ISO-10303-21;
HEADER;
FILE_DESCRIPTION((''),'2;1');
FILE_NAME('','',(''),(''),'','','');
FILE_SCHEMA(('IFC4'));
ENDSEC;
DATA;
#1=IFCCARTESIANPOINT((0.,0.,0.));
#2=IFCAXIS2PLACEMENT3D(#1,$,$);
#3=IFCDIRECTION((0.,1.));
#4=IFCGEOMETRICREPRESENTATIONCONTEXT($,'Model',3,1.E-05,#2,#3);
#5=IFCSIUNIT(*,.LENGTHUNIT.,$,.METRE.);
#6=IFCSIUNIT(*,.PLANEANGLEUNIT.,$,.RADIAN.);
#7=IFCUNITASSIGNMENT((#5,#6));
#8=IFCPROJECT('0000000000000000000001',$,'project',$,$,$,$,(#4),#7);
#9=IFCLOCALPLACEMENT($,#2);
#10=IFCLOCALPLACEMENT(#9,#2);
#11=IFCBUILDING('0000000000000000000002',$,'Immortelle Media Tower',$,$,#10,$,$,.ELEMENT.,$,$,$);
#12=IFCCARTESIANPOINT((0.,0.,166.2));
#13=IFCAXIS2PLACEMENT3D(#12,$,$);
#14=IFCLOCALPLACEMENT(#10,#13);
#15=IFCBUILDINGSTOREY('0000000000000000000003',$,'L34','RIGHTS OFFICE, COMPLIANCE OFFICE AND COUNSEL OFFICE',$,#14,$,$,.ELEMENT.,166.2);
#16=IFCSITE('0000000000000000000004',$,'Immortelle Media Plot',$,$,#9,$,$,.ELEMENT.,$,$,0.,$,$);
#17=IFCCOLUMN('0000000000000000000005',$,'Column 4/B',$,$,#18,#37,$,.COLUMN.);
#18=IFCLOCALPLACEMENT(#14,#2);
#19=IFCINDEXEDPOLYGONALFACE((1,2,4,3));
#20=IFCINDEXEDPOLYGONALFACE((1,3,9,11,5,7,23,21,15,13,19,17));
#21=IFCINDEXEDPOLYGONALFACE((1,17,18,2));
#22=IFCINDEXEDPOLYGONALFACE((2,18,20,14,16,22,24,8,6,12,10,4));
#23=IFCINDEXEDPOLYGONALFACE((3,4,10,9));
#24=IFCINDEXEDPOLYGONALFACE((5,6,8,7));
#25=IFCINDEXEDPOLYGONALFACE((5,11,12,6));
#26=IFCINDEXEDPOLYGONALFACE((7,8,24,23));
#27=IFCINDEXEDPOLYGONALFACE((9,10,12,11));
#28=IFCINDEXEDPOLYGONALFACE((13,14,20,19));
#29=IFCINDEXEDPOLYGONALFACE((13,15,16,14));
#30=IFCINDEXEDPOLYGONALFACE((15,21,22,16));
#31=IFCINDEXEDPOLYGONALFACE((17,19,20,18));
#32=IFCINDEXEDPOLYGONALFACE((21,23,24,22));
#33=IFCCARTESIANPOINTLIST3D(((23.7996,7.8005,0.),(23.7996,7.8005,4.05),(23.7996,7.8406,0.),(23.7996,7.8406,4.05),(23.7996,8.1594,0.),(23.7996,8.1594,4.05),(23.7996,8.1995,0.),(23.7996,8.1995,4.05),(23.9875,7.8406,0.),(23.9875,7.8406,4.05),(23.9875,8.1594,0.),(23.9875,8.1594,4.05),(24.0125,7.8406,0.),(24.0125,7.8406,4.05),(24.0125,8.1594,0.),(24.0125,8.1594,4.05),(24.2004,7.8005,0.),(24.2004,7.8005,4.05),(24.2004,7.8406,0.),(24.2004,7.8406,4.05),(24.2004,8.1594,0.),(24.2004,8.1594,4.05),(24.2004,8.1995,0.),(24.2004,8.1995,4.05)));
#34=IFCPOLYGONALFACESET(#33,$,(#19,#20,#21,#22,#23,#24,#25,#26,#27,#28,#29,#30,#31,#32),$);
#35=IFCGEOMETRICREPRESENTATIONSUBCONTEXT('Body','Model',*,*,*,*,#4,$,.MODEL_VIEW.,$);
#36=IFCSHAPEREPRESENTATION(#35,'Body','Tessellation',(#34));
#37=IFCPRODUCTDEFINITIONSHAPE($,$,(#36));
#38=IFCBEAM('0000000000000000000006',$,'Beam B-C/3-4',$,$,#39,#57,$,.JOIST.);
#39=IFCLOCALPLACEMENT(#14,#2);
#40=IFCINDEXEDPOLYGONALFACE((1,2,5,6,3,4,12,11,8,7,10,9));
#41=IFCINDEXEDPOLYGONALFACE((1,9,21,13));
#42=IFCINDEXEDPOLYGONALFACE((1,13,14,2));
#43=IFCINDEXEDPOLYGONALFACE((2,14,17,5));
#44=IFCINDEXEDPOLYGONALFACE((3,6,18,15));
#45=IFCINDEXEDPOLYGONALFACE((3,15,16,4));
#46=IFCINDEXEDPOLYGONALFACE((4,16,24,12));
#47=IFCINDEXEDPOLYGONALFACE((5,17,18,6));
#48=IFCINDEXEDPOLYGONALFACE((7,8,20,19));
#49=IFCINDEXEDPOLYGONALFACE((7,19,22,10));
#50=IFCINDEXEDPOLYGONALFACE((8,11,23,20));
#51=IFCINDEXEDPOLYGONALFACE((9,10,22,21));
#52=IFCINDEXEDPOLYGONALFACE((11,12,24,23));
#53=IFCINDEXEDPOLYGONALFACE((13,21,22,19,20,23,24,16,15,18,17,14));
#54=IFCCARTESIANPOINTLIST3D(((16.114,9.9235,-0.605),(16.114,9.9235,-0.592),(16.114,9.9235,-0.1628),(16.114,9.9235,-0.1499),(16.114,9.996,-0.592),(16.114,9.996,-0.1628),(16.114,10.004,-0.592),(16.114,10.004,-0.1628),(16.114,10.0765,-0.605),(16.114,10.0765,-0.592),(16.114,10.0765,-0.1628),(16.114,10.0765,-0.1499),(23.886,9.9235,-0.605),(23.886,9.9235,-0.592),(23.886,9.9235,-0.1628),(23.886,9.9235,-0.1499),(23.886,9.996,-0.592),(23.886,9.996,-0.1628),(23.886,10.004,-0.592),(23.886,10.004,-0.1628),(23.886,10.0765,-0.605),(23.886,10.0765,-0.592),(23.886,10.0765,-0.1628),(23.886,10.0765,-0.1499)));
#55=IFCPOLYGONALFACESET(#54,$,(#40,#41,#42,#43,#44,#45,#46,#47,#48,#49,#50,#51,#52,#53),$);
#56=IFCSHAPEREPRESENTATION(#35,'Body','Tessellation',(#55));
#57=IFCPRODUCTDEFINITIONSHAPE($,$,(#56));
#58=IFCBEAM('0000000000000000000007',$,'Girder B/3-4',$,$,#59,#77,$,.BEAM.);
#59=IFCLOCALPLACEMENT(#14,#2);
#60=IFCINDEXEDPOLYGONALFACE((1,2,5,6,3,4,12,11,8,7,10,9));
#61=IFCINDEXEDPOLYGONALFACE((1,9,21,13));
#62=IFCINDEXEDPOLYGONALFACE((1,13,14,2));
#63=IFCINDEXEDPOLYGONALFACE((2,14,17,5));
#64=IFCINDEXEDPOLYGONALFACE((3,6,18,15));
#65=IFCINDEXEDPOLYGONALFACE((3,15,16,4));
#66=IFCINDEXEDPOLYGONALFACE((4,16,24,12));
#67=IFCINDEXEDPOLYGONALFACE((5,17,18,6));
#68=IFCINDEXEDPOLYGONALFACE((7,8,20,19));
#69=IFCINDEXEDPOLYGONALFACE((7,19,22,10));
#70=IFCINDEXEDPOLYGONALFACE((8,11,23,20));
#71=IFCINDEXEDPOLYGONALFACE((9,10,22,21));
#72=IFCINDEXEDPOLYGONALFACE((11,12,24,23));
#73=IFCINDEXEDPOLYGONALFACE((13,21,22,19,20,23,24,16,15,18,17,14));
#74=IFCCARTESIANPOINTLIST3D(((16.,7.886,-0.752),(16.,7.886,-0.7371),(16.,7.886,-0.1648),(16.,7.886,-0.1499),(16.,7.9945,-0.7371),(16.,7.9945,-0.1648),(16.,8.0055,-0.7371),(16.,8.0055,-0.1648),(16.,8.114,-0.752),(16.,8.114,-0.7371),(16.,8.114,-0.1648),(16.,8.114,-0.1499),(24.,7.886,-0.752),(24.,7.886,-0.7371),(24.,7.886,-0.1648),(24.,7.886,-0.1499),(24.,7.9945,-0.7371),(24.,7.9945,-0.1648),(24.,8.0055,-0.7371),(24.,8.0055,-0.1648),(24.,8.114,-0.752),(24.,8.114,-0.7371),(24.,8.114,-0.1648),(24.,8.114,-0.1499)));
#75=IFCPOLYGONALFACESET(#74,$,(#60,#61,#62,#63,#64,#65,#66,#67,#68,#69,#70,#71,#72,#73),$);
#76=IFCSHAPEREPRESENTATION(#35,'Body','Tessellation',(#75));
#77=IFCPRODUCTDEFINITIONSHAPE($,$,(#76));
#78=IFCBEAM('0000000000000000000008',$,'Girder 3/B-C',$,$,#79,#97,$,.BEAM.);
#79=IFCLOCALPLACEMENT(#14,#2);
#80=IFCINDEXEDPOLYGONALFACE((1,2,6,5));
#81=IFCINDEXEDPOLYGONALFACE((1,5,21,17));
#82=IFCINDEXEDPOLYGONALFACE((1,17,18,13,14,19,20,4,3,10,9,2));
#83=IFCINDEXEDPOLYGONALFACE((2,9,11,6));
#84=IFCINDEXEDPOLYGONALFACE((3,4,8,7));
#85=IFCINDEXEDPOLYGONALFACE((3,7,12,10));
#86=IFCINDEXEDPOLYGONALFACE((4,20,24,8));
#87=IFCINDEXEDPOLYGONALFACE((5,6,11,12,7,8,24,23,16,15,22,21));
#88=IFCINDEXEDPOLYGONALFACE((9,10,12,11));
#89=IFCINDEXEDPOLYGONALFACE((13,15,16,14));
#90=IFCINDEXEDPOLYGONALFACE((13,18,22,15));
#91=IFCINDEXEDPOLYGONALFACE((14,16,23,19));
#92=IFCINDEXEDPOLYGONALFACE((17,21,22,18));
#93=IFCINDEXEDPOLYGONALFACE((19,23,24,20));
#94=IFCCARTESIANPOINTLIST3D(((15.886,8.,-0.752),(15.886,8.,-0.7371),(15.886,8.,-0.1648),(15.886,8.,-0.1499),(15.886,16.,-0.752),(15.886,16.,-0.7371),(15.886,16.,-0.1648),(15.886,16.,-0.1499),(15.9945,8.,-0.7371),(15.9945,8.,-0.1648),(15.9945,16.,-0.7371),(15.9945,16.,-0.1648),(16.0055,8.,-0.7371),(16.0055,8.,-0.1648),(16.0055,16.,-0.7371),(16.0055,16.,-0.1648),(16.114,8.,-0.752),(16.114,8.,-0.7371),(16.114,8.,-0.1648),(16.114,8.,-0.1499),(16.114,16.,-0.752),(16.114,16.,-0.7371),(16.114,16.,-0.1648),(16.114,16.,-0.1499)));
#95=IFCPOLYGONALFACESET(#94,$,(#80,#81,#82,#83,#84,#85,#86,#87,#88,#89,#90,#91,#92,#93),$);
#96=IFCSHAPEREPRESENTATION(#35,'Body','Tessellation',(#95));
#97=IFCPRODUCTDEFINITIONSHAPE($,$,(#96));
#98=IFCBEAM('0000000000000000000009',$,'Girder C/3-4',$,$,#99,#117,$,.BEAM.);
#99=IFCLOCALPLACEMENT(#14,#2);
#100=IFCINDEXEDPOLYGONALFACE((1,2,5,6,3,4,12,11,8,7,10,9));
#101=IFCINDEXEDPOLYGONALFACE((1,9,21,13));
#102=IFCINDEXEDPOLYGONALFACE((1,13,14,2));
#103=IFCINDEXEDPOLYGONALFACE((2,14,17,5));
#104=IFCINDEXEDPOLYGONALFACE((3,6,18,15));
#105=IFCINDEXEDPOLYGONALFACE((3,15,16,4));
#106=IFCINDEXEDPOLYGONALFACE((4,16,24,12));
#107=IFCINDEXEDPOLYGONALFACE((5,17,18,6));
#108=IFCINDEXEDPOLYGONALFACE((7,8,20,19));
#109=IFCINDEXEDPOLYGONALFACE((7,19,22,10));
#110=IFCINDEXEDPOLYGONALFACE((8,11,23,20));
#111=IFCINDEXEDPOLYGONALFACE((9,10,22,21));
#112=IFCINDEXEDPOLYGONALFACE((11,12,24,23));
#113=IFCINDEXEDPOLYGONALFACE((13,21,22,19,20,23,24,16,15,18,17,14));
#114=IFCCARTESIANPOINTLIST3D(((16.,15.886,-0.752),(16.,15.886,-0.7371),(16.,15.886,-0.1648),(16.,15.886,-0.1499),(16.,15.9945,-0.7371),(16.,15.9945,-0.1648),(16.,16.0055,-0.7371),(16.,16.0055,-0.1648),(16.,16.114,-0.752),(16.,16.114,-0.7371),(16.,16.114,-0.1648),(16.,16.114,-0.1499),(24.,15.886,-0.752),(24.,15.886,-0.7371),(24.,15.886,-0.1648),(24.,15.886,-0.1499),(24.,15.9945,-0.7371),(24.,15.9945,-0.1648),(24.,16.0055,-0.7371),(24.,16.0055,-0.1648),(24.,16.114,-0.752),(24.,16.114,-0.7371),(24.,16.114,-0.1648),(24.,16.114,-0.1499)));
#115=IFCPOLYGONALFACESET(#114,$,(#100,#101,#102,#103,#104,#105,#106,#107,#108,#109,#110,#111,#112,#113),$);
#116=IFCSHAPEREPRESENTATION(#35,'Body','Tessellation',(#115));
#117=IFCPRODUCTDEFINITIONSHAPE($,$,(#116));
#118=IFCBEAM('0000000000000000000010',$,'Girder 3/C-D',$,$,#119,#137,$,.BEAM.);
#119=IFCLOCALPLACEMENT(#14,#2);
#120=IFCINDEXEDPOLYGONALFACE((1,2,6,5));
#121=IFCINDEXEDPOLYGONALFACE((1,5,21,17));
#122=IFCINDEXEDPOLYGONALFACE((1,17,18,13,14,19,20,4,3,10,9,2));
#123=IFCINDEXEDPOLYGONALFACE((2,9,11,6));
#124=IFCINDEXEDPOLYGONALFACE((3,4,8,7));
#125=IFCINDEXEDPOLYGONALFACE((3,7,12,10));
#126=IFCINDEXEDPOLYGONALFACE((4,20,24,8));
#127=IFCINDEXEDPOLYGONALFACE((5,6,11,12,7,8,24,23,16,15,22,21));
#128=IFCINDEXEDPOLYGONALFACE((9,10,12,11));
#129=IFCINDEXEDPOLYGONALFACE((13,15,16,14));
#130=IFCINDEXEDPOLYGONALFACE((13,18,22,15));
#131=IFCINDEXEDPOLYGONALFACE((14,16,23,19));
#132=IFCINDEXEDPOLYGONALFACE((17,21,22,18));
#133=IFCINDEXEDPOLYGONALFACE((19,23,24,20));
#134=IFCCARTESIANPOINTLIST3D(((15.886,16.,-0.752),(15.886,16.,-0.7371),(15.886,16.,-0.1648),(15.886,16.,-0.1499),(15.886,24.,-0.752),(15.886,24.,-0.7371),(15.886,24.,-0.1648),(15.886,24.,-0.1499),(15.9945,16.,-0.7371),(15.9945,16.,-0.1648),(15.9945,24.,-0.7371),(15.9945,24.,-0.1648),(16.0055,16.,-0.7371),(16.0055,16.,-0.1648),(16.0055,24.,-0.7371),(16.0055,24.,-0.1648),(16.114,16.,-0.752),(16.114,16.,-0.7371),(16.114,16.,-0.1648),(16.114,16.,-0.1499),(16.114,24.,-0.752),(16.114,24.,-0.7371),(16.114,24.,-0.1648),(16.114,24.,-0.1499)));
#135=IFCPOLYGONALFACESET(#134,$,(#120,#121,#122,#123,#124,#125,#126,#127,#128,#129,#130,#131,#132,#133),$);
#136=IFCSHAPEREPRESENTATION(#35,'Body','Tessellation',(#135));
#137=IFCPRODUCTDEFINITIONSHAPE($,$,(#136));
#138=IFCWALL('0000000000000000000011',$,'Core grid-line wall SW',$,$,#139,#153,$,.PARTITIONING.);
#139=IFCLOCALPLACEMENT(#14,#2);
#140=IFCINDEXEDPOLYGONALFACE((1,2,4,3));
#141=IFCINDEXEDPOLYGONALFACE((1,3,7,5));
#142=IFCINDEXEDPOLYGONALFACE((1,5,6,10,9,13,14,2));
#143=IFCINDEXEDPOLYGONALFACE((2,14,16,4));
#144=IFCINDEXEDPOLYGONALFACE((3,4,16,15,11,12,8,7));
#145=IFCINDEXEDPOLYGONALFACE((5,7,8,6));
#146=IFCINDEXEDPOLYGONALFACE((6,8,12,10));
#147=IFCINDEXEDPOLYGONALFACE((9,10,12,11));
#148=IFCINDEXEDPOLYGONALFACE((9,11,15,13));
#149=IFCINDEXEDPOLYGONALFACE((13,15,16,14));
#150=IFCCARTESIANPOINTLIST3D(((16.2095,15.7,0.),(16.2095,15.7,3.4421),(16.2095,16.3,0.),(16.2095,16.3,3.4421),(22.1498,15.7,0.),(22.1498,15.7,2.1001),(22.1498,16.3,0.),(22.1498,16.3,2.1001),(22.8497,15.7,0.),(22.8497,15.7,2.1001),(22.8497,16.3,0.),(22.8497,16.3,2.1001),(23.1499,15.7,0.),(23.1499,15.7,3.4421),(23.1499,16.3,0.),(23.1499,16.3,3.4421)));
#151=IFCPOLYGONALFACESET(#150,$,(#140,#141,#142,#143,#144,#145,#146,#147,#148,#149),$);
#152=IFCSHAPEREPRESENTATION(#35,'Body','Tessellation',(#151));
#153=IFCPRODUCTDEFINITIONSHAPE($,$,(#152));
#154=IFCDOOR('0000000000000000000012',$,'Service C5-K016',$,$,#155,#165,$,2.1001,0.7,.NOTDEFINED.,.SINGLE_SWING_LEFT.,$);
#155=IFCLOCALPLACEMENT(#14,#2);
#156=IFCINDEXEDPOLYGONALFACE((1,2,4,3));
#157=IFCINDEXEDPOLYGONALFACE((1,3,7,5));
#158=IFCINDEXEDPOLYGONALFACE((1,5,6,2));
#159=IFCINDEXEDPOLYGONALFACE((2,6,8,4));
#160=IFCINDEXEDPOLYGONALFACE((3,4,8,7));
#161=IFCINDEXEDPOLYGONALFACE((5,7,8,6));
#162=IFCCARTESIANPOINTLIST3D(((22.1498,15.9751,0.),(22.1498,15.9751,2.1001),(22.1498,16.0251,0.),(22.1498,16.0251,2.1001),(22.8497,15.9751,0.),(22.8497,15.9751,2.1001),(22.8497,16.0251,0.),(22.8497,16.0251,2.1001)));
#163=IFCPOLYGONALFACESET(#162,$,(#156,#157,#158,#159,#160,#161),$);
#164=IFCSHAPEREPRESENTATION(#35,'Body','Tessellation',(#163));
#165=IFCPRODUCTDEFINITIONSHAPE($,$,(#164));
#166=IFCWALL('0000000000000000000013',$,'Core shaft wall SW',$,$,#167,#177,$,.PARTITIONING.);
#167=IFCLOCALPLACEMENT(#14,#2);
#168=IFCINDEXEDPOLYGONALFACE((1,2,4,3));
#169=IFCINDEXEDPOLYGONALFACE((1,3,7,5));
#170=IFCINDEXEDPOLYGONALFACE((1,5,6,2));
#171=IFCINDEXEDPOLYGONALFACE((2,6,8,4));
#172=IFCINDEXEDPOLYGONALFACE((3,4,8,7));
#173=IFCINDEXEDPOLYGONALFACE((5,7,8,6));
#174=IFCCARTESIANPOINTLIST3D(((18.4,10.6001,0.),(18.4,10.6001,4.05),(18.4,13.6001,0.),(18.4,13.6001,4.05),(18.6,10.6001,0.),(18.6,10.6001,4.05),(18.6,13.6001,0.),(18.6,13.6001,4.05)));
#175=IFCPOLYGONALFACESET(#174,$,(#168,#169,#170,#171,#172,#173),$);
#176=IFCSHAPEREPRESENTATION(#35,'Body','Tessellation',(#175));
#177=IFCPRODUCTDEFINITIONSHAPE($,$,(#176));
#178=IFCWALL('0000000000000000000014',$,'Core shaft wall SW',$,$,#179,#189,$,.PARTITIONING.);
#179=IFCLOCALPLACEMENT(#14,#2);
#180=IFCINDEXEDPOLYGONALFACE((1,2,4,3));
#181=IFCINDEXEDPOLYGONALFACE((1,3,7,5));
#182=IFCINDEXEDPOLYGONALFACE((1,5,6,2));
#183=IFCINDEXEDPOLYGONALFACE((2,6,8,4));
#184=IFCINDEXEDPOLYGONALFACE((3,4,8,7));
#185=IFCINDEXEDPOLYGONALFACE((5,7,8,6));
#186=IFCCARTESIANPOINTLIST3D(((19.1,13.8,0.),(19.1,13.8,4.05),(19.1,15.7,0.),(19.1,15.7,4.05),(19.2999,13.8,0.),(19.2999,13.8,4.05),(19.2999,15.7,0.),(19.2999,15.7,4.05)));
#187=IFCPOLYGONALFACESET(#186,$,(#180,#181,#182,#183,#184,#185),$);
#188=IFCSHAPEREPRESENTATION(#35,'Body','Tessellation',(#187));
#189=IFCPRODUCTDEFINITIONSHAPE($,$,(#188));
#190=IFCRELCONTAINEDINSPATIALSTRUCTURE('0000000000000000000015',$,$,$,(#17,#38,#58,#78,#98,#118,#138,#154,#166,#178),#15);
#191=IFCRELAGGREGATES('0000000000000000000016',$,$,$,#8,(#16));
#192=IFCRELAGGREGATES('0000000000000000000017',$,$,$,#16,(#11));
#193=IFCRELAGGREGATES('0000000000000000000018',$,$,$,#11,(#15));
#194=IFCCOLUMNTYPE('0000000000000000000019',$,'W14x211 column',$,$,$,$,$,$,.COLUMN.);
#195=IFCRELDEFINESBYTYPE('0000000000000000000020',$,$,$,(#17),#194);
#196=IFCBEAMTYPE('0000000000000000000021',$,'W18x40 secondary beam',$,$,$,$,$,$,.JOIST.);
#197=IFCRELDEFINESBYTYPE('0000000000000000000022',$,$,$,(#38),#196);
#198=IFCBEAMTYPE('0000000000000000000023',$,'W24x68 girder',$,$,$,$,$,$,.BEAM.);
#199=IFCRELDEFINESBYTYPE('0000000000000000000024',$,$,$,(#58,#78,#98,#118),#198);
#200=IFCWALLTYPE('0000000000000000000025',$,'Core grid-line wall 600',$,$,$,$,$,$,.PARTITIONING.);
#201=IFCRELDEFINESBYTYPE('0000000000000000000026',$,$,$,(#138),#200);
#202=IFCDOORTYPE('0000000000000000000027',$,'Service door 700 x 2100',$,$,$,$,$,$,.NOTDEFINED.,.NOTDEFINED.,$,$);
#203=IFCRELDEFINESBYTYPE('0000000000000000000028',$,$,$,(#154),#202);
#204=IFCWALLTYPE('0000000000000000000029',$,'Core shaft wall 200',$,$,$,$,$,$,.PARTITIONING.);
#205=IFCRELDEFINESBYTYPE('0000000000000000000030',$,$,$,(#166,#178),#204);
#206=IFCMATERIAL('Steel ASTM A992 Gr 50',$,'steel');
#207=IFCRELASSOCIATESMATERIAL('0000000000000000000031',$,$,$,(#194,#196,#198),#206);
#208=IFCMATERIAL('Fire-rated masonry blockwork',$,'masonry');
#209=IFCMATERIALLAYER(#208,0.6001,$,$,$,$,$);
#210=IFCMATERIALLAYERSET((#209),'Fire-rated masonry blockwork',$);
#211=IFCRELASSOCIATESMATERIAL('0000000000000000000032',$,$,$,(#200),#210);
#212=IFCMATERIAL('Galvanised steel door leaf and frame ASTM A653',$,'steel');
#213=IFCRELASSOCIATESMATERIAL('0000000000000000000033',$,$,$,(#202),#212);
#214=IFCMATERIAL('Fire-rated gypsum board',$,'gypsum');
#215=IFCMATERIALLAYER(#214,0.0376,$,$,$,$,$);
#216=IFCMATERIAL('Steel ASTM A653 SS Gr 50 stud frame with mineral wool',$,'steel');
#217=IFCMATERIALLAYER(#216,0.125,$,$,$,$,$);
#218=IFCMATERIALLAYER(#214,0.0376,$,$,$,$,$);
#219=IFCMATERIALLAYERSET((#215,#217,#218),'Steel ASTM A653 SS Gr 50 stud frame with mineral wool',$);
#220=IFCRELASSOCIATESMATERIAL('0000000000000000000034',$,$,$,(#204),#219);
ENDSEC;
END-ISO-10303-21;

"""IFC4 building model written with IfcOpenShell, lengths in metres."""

from ifc_helpers import new_model, si_unit, direction, frame, frame_2d, origin, origin_2d, place, context, subcontext, project, spatial, rectangle, i_section, extrude, material, layer, layer_set, material_profile, profile_set, type_object, element, fill, save


model = new_model("IFC4")

# Units and contexts
model_context = context("Model", 3, precision=1e-05, world=origin(), true_north=direction((0.0, 1.0)))
body_context = subcontext(model_context, "Body", "Model", "MODEL_VIEW")
ifc_project = project(units=[si_unit("LENGTHUNIT", "METRE"), si_unit("PLANEANGLEUNIT", "RADIAN")], contexts=[model_context])

# Site, building, storey
site_placement = place(None, origin())
site = spatial("IfcSite", under=ifc_project, at=site_placement, Name="Immortelle Media Plot", CompositionType="ELEMENT", RefElevation=0.0)
building_placement = place(site_placement, origin())
building = spatial("IfcBuilding", under=site, at=building_placement, Name="Immortelle Media Tower", CompositionType="ELEMENT")
storey_placement = place(building_placement, frame((0.0, 0.0, 166.2)))
storey = spatial("IfcBuildingStorey", under=building, at=storey_placement, Name="L34", Description="RIGHTS OFFICE, COMPLIANCE OFFICE AND COUNSEL OFFICE", CompositionType="ELEMENT", Elevation=166.2)

# Column
ifc_material_1 = material(Name="Steel ASTM A992 Gr 50", Category="steel")
ifc_material_profile_1 = material_profile(ifc_material_1, i_section(OverallWidth=0.4009, OverallDepth=0.3989, WebThickness=0.0249, FlangeThickness=0.04, at=origin_2d()), Name="W14x211")
ifc_profile_set_1 = profile_set([ifc_material_profile_1], Name="Steel ASTM A992 Gr 50")
column_type = type_object("IfcColumnType", Name="W14x211 column", PredefinedType="COLUMN", material=ifc_profile_set_1)
column_placement = place(storey_placement, frame((24.0, 8.0, 0.0), z_axis=(0.0, 0.0, 1.0), x_axis=(1.0, 0.0, 0.0)))
element("IfcColumn", 1, at=column_placement, inside=storey, type_object=column_type, Name="Column 4/B", PredefinedType="COLUMN", context=body_context, shape_type="SweptSolid", body=[
    extrude(i_section(OverallWidth=0.4009, OverallDepth=0.3989, WebThickness=0.0249, FlangeThickness=0.04, at=origin_2d()), origin(), (0.0, 0.0, 1.0), 4.05),
])

# Beams
ifc_material_profile_2 = material_profile(ifc_material_1, i_section(OverallWidth=0.1531, OverallDepth=0.4551, WebThickness=0.0081, FlangeThickness=0.0129, at=origin_2d()), Name="W18x40")
ifc_profile_set_2 = profile_set([ifc_material_profile_2], Name="Steel ASTM A992 Gr 50")
beam_type_1 = type_object("IfcBeamType", Name="W18x40 secondary beam", PredefinedType="JOIST", material=ifc_profile_set_2)
beam_placement = place(storey_placement, frame((16.114, 10.0, -0.3774), z_axis=(1.0, 0.0, 0.0), x_axis=(0.0, 1.0, 0.0)))
element("IfcBeam", 2, at=beam_placement, inside=storey, type_object=beam_type_1, Name="Beam B-C/3-4", PredefinedType="JOIST", context=body_context, shape_type="SweptSolid", body=[
    extrude(i_section(OverallWidth=0.1531, OverallDepth=0.4551, WebThickness=0.0081, FlangeThickness=0.0129, at=origin_2d()), origin(), (0.0, 0.0, 1.0), 7.772),
])
ifc_material_profile_3 = material_profile(ifc_material_1, i_section(OverallWidth=0.228, OverallDepth=0.6021, WebThickness=0.011, FlangeThickness=0.0149, at=origin_2d()), Name="W24x68")
ifc_profile_set_3 = profile_set([ifc_material_profile_3], Name="Steel ASTM A992 Gr 50")
beam_type_2 = type_object("IfcBeamType", Name="W24x68 girder", PredefinedType="BEAM", material=ifc_profile_set_3)
for number, where, z_axis, x_axis, name in (
    (3, (16.0, 8.0, -0.4509), (1.0, 0.0, 0.0), (0.0, 1.0, 0.0), "Girder B/3-4"),
    (4, (16.0, 8.0, -0.4509), (0.0, 1.0, 0.0), (-1.0, 0.0, 0.0), "Girder 3/B-C"),
    (5, (16.0, 16.0, -0.4509), (1.0, 0.0, 0.0), (0.0, 1.0, 0.0), "Girder C/3-4"),
    (6, (16.0, 16.0, -0.4509), (0.0, 1.0, 0.0), (-1.0, 0.0, 0.0), "Girder 3/C-D"),
):
    element("IfcBeam", number, at=place(storey_placement, frame(where, z_axis=z_axis, x_axis=x_axis)), inside=storey, type_object=beam_type_2, Name=name, PredefinedType="BEAM", context=body_context, shape_type="SweptSolid", body=[
        extrude(i_section(OverallWidth=0.228, OverallDepth=0.6021, WebThickness=0.011, FlangeThickness=0.0149, at=origin_2d()), origin(), (0.0, 0.0, 1.0), 8.0),
    ])

# Wall, opening, door
ifc_material_2 = material(Name="Fire-rated masonry blockwork", Category="masonry")
ifc_layer_1 = layer(ifc_material_2, 0.6001)
ifc_layer_set_1 = layer_set([ifc_layer_1], Name="Fire-rated masonry blockwork")
wall_type_1 = type_object("IfcWallType", Name="Core grid-line wall 600", PredefinedType="PARTITIONING", material=ifc_layer_set_1)
wall_1_placement = place(storey_placement, frame((16.2095, 16.0, 0.0), z_axis=(0.0, 0.0, 1.0), x_axis=(1.0, 0.0, 0.0)))
wall_1 = element("IfcWall", 7, at=wall_1_placement, inside=storey, type_object=wall_type_1, Name="Core grid-line wall SW", PredefinedType="PARTITIONING", context=body_context, shape_type="SweptSolid", body=[
    extrude(rectangle(XDim=6.9404, YDim=0.6001, at=frame_2d((3.4702, 0.0))), origin(), (0.0, 0.0, 1.0), 3.4421),
])
opening_1_placement = place(wall_1_placement, frame((6.6404, 0.0, 0.0), z_axis=(0.0, 0.0, 1.0), x_axis=(-1.0, 0.0, 0.0)))
opening_1 = element("IfcOpeningElement", 8, at=opening_1_placement, cuts=wall_1, PredefinedType="OPENING", context=body_context, shape_type="SweptSolid", body=[
    extrude(rectangle(XDim=0.7, YDim=2.1001, at=frame_2d((0.3501, 1.05))), frame((0.0, 0.3101, 0.0), z_axis=(0.0, -1.0, 0.0), x_axis=(1.0, 0.0, 0.0)), (0.0, 0.0, 1.0), 0.6201),
])
ifc_material_3 = material(Name="Galvanised steel door leaf and frame ASTM A653", Category="steel")
door_type_1 = type_object("IfcDoorType", Name="Service door 700 x 2100", OperationType="NOTDEFINED", PredefinedType="NOTDEFINED", material=ifc_material_3)
door_1_placement = place(opening_1_placement, origin())
door_1 = element("IfcDoor", 9, at=door_1_placement, inside=storey, type_object=door_type_1, Name="Service C5-K016", OperationType="SINGLE_SWING_LEFT", OverallHeight=2.1001, OverallWidth=0.7, PredefinedType="NOTDEFINED", context=body_context, shape_type="SweptSolid", body=[
    extrude(rectangle(XDim=0.7, YDim=2.1001, at=frame_2d((0.3501, 1.05))), frame((0.0, 0.0249, 0.0), z_axis=(0.0, -1.0, 0.0), x_axis=(1.0, 0.0, 0.0)), (0.0, 0.0, 1.0), 0.05),
])
fill(opening_1, door_1)

# Walls
ifc_material_4 = material(Name="Fire-rated gypsum board", Category="gypsum")
ifc_layer_2 = layer(ifc_material_4, 0.0376)
ifc_material_5 = material(Name="Steel ASTM A653 SS Gr 50 stud frame with mineral wool", Category="steel")
ifc_layer_3 = layer(ifc_material_5, 0.125)
ifc_layer_4 = layer(ifc_material_4, 0.0376)
ifc_layer_set_2 = layer_set([ifc_layer_2, ifc_layer_3, ifc_layer_4], Name="Steel ASTM A653 SS Gr 50 stud frame with mineral wool")
wall_type_2 = type_object("IfcWallType", Name="Core shaft wall 200", PredefinedType="PARTITIONING", material=ifc_layer_set_2)
wall_2_placement = place(storey_placement, frame((18.5, 10.6001, 0.0), z_axis=(0.0, 0.0, 1.0), x_axis=(0.0, 1.0, 0.0)))
element("IfcWall", 10, at=wall_2_placement, inside=storey, type_object=wall_type_2, Name="Core shaft wall SW", PredefinedType="PARTITIONING", context=body_context, shape_type="SweptSolid", body=[
    extrude(rectangle(XDim=3.0, YDim=0.2, at=frame_2d((1.5, 0.0))), origin(), (0.0, 0.0, 1.0), 4.05),
])
wall_3_placement = place(storey_placement, frame((19.2, 13.8, 0.0), z_axis=(0.0, 0.0, 1.0), x_axis=(0.0, 1.0, 0.0)))
element("IfcWall", 11, at=wall_3_placement, inside=storey, type_object=wall_type_2, Name="Core shaft wall SW", PredefinedType="PARTITIONING", context=body_context, shape_type="SweptSolid", body=[
    extrude(rectangle(XDim=1.8999, YDim=0.2, at=frame_2d((0.95, 0.0))), origin(), (0.0, 0.0, 1.0), 4.05),
])

save(model, "model.ifc")
